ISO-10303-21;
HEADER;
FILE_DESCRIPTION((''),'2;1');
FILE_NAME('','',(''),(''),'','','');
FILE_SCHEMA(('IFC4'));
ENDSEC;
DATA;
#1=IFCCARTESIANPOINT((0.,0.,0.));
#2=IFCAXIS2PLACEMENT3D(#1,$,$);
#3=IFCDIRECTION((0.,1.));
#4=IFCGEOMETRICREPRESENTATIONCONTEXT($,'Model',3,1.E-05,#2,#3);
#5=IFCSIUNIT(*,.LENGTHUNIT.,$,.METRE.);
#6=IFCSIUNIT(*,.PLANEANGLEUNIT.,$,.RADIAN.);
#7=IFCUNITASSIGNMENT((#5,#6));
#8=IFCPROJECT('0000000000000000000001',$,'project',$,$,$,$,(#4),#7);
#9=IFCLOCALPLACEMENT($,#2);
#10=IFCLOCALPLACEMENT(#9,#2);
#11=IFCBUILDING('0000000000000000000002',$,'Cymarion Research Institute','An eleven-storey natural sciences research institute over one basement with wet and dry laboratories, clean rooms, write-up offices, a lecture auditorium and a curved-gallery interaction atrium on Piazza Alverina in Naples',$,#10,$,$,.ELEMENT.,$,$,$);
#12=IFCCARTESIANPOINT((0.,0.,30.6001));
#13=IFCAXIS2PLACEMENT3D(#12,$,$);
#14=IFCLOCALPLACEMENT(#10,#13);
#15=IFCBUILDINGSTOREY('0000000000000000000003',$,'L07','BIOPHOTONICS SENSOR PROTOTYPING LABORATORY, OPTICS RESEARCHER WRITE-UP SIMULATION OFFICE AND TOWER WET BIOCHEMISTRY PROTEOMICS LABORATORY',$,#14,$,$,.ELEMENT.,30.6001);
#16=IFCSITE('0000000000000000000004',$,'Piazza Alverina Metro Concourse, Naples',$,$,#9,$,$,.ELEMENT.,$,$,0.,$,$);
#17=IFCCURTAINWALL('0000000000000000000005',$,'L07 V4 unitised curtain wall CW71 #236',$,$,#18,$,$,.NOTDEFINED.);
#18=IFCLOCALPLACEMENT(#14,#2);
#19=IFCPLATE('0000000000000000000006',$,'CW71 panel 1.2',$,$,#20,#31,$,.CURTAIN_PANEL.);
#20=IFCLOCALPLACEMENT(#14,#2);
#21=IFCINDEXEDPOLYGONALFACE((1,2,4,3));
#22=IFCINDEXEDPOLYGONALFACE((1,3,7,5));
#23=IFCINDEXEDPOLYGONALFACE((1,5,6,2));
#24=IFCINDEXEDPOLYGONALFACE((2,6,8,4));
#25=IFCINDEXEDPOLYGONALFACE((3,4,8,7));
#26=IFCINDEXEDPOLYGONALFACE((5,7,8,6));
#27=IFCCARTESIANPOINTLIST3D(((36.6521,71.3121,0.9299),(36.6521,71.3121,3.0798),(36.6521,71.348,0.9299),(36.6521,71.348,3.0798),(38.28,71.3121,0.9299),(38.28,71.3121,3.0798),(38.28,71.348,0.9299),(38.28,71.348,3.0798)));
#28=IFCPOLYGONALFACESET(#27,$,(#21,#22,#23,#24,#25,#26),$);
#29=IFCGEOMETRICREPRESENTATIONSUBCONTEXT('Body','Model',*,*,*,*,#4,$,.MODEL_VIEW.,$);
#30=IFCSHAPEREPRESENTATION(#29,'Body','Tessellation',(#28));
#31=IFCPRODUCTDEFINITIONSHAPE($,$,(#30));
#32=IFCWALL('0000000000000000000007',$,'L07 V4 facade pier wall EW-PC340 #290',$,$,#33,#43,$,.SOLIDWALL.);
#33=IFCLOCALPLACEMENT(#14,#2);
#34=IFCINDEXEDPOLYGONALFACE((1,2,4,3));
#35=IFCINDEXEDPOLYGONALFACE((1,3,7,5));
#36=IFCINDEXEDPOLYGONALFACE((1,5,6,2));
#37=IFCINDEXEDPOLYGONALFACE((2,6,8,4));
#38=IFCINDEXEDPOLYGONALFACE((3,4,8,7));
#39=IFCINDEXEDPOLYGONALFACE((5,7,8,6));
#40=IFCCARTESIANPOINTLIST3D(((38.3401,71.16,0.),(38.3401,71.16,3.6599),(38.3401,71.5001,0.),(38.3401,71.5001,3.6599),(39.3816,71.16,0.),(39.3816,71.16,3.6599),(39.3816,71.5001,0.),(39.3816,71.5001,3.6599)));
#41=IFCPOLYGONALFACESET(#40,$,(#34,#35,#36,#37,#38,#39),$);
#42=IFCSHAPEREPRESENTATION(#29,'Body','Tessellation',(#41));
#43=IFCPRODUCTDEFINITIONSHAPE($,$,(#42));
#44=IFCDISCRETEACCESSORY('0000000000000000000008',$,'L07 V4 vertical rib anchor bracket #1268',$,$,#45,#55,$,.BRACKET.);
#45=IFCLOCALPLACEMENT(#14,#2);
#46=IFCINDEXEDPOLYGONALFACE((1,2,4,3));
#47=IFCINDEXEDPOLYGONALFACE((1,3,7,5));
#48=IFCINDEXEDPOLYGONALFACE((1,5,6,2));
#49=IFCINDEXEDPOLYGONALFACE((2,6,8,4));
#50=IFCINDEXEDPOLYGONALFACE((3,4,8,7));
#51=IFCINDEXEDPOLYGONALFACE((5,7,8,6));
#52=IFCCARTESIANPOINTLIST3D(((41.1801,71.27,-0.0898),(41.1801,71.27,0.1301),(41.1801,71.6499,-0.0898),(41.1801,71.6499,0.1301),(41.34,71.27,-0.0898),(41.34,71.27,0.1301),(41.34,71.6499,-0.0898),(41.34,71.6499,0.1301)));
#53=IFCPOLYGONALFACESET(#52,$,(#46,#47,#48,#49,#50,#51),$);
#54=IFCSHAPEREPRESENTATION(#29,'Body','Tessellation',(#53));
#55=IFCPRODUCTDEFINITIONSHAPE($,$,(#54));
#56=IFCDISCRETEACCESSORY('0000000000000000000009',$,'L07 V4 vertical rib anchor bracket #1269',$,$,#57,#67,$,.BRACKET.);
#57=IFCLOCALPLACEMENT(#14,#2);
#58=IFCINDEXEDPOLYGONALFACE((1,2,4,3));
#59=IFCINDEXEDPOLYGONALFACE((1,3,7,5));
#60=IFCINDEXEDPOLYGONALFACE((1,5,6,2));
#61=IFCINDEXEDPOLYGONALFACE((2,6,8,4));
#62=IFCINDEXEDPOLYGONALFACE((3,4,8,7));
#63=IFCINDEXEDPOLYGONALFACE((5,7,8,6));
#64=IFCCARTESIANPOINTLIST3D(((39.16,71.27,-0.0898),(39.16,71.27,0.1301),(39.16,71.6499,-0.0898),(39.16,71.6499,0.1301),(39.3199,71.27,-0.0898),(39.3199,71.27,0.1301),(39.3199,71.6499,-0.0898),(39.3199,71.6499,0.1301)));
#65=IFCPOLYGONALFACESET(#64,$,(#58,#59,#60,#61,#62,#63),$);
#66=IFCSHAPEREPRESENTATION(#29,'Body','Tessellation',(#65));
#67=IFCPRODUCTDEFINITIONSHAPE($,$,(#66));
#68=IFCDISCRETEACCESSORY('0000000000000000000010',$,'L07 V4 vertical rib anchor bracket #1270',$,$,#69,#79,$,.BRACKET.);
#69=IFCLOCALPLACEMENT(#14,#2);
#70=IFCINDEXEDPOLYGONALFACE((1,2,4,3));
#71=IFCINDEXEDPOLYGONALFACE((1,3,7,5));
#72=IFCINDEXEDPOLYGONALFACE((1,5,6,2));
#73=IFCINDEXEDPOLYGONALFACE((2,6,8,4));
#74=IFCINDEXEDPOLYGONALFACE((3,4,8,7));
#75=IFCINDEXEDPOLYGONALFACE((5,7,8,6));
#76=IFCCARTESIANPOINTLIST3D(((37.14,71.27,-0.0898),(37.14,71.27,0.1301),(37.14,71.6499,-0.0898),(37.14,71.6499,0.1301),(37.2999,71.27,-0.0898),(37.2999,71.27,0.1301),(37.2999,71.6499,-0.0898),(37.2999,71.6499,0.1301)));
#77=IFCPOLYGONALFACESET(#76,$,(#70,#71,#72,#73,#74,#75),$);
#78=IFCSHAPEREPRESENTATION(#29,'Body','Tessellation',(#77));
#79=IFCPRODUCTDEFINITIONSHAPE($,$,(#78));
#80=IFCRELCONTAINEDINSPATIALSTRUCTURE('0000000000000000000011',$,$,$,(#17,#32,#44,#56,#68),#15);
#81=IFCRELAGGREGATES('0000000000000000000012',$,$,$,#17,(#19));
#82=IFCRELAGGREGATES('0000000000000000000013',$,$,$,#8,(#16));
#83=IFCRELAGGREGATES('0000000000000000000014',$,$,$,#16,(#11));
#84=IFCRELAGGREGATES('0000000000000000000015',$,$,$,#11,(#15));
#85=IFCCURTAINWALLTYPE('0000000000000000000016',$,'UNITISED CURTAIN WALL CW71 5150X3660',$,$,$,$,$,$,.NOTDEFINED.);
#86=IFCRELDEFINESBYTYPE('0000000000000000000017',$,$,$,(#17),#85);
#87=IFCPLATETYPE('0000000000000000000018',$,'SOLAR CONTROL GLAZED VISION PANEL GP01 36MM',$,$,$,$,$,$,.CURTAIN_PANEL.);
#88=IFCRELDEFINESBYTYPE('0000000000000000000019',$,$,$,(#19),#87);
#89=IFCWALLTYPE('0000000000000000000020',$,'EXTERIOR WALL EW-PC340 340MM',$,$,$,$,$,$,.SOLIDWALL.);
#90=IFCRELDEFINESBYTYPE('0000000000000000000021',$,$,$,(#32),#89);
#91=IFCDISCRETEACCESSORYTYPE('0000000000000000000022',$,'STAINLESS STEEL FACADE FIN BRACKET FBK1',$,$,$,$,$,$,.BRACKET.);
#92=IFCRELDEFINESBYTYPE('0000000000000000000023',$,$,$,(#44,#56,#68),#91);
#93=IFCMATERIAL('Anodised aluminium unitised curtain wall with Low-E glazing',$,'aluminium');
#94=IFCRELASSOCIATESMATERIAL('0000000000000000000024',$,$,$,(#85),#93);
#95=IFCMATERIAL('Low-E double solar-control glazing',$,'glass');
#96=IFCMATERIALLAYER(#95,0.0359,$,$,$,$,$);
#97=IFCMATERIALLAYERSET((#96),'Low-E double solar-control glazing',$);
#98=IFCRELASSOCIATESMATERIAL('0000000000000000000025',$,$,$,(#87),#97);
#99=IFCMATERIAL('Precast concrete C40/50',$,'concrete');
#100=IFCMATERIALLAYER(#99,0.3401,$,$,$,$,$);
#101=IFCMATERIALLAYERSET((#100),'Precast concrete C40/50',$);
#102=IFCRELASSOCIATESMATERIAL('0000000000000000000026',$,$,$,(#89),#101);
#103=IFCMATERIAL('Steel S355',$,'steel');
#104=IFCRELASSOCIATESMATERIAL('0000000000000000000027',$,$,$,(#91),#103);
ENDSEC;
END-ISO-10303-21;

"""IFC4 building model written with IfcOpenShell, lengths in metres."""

from ifc_helpers import new_model, si_unit, direction, frame, frame_2d, origin, origin_2d, place, context, subcontext, project, spatial, rectangle, extrude, material, layer, layer_set, type_object, element, aggregate, save


model = new_model("IFC4")

# Units and contexts
model_context = context("Model", 3, precision=1e-05, world=origin(), true_north=direction((0.0, 1.0)))
body_context = subcontext(model_context, "Body", "Model", "MODEL_VIEW")
ifc_project = project(units=[si_unit("LENGTHUNIT", "METRE"), si_unit("PLANEANGLEUNIT", "RADIAN")], contexts=[model_context])

# Site, building, storey
site_placement = place(None, origin())
site = spatial("IfcSite", under=ifc_project, at=site_placement, Name="Piazza Alverina Metro Concourse, Naples", CompositionType="ELEMENT", RefElevation=0.0)
building_placement = place(site_placement, origin())
building = spatial("IfcBuilding", under=site, at=building_placement, Name="Cymarion Research Institute", Description="An eleven-storey natural sciences research institute over one basement with wet and dry laboratories, clean rooms, write-up offices, a lecture auditorium and a curved-gallery interaction atrium on Piazza Alverina in Naples", CompositionType="ELEMENT")
storey_placement = place(building_placement, frame((0.0, 0.0, 30.6001)))
storey = spatial("IfcBuildingStorey", under=building, at=storey_placement, Name="L07", Description="BIOPHOTONICS SENSOR PROTOTYPING LABORATORY, OPTICS RESEARCHER WRITE-UP SIMULATION OFFICE AND TOWER WET BIOCHEMISTRY PROTEOMICS LABORATORY", CompositionType="ELEMENT", Elevation=30.6001)

# Shared definitions
ifc_material_1 = material(Name="Steel S355", Category="steel")

# Curtain wall
ifc_material_2 = material(Name="Anodised aluminium unitised curtain wall with Low-E glazing", Category="aluminium")
curtain_wall_type_1 = type_object("IfcCurtainWallType", Name="UNITISED CURTAIN WALL CW71 5150X3660", PredefinedType="NOTDEFINED", material=ifc_material_2)
curtain_wall_1_placement = place(storey_placement, origin())
curtain_wall_1 = element("IfcCurtainWall", 1, at=curtain_wall_1_placement, inside=storey, type_object=curtain_wall_type_1, Name="L07 V4 unitised curtain wall CW71 #236", PredefinedType="NOTDEFINED")

# Plate
ifc_material_3 = material(Name="Low-E double solar-control glazing", Category="glass")
ifc_layer_1 = layer(ifc_material_3, 0.0359)
ifc_layer_set_1 = layer_set([ifc_layer_1], Name="Low-E double solar-control glazing")
plate_type_1 = type_object("IfcPlateType", Name="SOLAR CONTROL GLAZED VISION PANEL GP01 36MM", PredefinedType="CURTAIN_PANEL", material=ifc_layer_set_1)
plate_1_placement = place(storey_placement, frame((37.4661, 71.3301, 0.9299), z_axis=(0.0, 0.0, 1.0), x_axis=(-1.0, 0.0, 0.0)))
plate_1 = element("IfcPlate", 2, at=plate_1_placement, type_object=plate_type_1, Name="CW71 panel 1.2", PredefinedType="CURTAIN_PANEL", context=body_context, shape_type="SweptSolid", body=[
    extrude(rectangle(XDim=1.6279, YDim=0.0359, at=origin_2d()), origin(), (0.0, 0.0, 1.0), 2.1499),
])
aggregate(curtain_wall_1, [plate_1])

# Wall
ifc_material_4 = material(Name="Precast concrete C40/50", Category="concrete")
ifc_layer_2 = layer(ifc_material_4, 0.3401)
ifc_layer_set_2 = layer_set([ifc_layer_2], Name="Precast concrete C40/50")
wall_type = type_object("IfcWallType", Name="EXTERIOR WALL EW-PC340 340MM", PredefinedType="SOLIDWALL", material=ifc_layer_set_2)
wall_placement = place(storey_placement, frame((39.3816, 71.3301, 0.0), z_axis=(0.0, 0.0, 1.0), x_axis=(-1.0, 0.0, 0.0)))
element("IfcWall", 3, at=wall_placement, inside=storey, type_object=wall_type, Name="L07 V4 facade pier wall EW-PC340 #290", PredefinedType="SOLIDWALL", context=body_context, shape_type="SweptSolid", body=[
    extrude(rectangle(XDim=1.0415, YDim=0.3401, at=frame_2d((0.5208, 0.0))), origin(), (0.0, 0.0, 1.0), 3.6599),
])

# Discrete accessories
discrete_accessory_type = type_object("IfcDiscreteAccessoryType", Name="STAINLESS STEEL FACADE FIN BRACKET FBK1", PredefinedType="BRACKET", material=ifc_material_1)
for number, where, z_axis, x_axis, name in (
    (4, (41.26, 71.46, -0.0898), (0.0, 0.0, 1.0), (0.0, 1.0, 0.0), "L07 V4 vertical rib anchor bracket #1268"),
    (5, (39.24, 71.46, -0.0898), (0.0, 0.0, 1.0), (0.0, 1.0, 0.0), "L07 V4 vertical rib anchor bracket #1269"),
    (6, (37.22, 71.46, -0.0898), (0.0, 0.0, 1.0), (0.0, 1.0, 0.0), "L07 V4 vertical rib anchor bracket #1270"),
):
    element("IfcDiscreteAccessory", number, at=place(storey_placement, frame(where, z_axis=z_axis, x_axis=x_axis)), inside=storey, type_object=discrete_accessory_type, Name=name, PredefinedType="BRACKET", context=body_context, shape_type="SweptSolid", body=[
        extrude(rectangle(XDim=0.3799, YDim=0.1599, at=origin_2d()), origin(), (0.0, 0.0, 1.0), 0.22),
    ])

save(model, "model.ifc")
